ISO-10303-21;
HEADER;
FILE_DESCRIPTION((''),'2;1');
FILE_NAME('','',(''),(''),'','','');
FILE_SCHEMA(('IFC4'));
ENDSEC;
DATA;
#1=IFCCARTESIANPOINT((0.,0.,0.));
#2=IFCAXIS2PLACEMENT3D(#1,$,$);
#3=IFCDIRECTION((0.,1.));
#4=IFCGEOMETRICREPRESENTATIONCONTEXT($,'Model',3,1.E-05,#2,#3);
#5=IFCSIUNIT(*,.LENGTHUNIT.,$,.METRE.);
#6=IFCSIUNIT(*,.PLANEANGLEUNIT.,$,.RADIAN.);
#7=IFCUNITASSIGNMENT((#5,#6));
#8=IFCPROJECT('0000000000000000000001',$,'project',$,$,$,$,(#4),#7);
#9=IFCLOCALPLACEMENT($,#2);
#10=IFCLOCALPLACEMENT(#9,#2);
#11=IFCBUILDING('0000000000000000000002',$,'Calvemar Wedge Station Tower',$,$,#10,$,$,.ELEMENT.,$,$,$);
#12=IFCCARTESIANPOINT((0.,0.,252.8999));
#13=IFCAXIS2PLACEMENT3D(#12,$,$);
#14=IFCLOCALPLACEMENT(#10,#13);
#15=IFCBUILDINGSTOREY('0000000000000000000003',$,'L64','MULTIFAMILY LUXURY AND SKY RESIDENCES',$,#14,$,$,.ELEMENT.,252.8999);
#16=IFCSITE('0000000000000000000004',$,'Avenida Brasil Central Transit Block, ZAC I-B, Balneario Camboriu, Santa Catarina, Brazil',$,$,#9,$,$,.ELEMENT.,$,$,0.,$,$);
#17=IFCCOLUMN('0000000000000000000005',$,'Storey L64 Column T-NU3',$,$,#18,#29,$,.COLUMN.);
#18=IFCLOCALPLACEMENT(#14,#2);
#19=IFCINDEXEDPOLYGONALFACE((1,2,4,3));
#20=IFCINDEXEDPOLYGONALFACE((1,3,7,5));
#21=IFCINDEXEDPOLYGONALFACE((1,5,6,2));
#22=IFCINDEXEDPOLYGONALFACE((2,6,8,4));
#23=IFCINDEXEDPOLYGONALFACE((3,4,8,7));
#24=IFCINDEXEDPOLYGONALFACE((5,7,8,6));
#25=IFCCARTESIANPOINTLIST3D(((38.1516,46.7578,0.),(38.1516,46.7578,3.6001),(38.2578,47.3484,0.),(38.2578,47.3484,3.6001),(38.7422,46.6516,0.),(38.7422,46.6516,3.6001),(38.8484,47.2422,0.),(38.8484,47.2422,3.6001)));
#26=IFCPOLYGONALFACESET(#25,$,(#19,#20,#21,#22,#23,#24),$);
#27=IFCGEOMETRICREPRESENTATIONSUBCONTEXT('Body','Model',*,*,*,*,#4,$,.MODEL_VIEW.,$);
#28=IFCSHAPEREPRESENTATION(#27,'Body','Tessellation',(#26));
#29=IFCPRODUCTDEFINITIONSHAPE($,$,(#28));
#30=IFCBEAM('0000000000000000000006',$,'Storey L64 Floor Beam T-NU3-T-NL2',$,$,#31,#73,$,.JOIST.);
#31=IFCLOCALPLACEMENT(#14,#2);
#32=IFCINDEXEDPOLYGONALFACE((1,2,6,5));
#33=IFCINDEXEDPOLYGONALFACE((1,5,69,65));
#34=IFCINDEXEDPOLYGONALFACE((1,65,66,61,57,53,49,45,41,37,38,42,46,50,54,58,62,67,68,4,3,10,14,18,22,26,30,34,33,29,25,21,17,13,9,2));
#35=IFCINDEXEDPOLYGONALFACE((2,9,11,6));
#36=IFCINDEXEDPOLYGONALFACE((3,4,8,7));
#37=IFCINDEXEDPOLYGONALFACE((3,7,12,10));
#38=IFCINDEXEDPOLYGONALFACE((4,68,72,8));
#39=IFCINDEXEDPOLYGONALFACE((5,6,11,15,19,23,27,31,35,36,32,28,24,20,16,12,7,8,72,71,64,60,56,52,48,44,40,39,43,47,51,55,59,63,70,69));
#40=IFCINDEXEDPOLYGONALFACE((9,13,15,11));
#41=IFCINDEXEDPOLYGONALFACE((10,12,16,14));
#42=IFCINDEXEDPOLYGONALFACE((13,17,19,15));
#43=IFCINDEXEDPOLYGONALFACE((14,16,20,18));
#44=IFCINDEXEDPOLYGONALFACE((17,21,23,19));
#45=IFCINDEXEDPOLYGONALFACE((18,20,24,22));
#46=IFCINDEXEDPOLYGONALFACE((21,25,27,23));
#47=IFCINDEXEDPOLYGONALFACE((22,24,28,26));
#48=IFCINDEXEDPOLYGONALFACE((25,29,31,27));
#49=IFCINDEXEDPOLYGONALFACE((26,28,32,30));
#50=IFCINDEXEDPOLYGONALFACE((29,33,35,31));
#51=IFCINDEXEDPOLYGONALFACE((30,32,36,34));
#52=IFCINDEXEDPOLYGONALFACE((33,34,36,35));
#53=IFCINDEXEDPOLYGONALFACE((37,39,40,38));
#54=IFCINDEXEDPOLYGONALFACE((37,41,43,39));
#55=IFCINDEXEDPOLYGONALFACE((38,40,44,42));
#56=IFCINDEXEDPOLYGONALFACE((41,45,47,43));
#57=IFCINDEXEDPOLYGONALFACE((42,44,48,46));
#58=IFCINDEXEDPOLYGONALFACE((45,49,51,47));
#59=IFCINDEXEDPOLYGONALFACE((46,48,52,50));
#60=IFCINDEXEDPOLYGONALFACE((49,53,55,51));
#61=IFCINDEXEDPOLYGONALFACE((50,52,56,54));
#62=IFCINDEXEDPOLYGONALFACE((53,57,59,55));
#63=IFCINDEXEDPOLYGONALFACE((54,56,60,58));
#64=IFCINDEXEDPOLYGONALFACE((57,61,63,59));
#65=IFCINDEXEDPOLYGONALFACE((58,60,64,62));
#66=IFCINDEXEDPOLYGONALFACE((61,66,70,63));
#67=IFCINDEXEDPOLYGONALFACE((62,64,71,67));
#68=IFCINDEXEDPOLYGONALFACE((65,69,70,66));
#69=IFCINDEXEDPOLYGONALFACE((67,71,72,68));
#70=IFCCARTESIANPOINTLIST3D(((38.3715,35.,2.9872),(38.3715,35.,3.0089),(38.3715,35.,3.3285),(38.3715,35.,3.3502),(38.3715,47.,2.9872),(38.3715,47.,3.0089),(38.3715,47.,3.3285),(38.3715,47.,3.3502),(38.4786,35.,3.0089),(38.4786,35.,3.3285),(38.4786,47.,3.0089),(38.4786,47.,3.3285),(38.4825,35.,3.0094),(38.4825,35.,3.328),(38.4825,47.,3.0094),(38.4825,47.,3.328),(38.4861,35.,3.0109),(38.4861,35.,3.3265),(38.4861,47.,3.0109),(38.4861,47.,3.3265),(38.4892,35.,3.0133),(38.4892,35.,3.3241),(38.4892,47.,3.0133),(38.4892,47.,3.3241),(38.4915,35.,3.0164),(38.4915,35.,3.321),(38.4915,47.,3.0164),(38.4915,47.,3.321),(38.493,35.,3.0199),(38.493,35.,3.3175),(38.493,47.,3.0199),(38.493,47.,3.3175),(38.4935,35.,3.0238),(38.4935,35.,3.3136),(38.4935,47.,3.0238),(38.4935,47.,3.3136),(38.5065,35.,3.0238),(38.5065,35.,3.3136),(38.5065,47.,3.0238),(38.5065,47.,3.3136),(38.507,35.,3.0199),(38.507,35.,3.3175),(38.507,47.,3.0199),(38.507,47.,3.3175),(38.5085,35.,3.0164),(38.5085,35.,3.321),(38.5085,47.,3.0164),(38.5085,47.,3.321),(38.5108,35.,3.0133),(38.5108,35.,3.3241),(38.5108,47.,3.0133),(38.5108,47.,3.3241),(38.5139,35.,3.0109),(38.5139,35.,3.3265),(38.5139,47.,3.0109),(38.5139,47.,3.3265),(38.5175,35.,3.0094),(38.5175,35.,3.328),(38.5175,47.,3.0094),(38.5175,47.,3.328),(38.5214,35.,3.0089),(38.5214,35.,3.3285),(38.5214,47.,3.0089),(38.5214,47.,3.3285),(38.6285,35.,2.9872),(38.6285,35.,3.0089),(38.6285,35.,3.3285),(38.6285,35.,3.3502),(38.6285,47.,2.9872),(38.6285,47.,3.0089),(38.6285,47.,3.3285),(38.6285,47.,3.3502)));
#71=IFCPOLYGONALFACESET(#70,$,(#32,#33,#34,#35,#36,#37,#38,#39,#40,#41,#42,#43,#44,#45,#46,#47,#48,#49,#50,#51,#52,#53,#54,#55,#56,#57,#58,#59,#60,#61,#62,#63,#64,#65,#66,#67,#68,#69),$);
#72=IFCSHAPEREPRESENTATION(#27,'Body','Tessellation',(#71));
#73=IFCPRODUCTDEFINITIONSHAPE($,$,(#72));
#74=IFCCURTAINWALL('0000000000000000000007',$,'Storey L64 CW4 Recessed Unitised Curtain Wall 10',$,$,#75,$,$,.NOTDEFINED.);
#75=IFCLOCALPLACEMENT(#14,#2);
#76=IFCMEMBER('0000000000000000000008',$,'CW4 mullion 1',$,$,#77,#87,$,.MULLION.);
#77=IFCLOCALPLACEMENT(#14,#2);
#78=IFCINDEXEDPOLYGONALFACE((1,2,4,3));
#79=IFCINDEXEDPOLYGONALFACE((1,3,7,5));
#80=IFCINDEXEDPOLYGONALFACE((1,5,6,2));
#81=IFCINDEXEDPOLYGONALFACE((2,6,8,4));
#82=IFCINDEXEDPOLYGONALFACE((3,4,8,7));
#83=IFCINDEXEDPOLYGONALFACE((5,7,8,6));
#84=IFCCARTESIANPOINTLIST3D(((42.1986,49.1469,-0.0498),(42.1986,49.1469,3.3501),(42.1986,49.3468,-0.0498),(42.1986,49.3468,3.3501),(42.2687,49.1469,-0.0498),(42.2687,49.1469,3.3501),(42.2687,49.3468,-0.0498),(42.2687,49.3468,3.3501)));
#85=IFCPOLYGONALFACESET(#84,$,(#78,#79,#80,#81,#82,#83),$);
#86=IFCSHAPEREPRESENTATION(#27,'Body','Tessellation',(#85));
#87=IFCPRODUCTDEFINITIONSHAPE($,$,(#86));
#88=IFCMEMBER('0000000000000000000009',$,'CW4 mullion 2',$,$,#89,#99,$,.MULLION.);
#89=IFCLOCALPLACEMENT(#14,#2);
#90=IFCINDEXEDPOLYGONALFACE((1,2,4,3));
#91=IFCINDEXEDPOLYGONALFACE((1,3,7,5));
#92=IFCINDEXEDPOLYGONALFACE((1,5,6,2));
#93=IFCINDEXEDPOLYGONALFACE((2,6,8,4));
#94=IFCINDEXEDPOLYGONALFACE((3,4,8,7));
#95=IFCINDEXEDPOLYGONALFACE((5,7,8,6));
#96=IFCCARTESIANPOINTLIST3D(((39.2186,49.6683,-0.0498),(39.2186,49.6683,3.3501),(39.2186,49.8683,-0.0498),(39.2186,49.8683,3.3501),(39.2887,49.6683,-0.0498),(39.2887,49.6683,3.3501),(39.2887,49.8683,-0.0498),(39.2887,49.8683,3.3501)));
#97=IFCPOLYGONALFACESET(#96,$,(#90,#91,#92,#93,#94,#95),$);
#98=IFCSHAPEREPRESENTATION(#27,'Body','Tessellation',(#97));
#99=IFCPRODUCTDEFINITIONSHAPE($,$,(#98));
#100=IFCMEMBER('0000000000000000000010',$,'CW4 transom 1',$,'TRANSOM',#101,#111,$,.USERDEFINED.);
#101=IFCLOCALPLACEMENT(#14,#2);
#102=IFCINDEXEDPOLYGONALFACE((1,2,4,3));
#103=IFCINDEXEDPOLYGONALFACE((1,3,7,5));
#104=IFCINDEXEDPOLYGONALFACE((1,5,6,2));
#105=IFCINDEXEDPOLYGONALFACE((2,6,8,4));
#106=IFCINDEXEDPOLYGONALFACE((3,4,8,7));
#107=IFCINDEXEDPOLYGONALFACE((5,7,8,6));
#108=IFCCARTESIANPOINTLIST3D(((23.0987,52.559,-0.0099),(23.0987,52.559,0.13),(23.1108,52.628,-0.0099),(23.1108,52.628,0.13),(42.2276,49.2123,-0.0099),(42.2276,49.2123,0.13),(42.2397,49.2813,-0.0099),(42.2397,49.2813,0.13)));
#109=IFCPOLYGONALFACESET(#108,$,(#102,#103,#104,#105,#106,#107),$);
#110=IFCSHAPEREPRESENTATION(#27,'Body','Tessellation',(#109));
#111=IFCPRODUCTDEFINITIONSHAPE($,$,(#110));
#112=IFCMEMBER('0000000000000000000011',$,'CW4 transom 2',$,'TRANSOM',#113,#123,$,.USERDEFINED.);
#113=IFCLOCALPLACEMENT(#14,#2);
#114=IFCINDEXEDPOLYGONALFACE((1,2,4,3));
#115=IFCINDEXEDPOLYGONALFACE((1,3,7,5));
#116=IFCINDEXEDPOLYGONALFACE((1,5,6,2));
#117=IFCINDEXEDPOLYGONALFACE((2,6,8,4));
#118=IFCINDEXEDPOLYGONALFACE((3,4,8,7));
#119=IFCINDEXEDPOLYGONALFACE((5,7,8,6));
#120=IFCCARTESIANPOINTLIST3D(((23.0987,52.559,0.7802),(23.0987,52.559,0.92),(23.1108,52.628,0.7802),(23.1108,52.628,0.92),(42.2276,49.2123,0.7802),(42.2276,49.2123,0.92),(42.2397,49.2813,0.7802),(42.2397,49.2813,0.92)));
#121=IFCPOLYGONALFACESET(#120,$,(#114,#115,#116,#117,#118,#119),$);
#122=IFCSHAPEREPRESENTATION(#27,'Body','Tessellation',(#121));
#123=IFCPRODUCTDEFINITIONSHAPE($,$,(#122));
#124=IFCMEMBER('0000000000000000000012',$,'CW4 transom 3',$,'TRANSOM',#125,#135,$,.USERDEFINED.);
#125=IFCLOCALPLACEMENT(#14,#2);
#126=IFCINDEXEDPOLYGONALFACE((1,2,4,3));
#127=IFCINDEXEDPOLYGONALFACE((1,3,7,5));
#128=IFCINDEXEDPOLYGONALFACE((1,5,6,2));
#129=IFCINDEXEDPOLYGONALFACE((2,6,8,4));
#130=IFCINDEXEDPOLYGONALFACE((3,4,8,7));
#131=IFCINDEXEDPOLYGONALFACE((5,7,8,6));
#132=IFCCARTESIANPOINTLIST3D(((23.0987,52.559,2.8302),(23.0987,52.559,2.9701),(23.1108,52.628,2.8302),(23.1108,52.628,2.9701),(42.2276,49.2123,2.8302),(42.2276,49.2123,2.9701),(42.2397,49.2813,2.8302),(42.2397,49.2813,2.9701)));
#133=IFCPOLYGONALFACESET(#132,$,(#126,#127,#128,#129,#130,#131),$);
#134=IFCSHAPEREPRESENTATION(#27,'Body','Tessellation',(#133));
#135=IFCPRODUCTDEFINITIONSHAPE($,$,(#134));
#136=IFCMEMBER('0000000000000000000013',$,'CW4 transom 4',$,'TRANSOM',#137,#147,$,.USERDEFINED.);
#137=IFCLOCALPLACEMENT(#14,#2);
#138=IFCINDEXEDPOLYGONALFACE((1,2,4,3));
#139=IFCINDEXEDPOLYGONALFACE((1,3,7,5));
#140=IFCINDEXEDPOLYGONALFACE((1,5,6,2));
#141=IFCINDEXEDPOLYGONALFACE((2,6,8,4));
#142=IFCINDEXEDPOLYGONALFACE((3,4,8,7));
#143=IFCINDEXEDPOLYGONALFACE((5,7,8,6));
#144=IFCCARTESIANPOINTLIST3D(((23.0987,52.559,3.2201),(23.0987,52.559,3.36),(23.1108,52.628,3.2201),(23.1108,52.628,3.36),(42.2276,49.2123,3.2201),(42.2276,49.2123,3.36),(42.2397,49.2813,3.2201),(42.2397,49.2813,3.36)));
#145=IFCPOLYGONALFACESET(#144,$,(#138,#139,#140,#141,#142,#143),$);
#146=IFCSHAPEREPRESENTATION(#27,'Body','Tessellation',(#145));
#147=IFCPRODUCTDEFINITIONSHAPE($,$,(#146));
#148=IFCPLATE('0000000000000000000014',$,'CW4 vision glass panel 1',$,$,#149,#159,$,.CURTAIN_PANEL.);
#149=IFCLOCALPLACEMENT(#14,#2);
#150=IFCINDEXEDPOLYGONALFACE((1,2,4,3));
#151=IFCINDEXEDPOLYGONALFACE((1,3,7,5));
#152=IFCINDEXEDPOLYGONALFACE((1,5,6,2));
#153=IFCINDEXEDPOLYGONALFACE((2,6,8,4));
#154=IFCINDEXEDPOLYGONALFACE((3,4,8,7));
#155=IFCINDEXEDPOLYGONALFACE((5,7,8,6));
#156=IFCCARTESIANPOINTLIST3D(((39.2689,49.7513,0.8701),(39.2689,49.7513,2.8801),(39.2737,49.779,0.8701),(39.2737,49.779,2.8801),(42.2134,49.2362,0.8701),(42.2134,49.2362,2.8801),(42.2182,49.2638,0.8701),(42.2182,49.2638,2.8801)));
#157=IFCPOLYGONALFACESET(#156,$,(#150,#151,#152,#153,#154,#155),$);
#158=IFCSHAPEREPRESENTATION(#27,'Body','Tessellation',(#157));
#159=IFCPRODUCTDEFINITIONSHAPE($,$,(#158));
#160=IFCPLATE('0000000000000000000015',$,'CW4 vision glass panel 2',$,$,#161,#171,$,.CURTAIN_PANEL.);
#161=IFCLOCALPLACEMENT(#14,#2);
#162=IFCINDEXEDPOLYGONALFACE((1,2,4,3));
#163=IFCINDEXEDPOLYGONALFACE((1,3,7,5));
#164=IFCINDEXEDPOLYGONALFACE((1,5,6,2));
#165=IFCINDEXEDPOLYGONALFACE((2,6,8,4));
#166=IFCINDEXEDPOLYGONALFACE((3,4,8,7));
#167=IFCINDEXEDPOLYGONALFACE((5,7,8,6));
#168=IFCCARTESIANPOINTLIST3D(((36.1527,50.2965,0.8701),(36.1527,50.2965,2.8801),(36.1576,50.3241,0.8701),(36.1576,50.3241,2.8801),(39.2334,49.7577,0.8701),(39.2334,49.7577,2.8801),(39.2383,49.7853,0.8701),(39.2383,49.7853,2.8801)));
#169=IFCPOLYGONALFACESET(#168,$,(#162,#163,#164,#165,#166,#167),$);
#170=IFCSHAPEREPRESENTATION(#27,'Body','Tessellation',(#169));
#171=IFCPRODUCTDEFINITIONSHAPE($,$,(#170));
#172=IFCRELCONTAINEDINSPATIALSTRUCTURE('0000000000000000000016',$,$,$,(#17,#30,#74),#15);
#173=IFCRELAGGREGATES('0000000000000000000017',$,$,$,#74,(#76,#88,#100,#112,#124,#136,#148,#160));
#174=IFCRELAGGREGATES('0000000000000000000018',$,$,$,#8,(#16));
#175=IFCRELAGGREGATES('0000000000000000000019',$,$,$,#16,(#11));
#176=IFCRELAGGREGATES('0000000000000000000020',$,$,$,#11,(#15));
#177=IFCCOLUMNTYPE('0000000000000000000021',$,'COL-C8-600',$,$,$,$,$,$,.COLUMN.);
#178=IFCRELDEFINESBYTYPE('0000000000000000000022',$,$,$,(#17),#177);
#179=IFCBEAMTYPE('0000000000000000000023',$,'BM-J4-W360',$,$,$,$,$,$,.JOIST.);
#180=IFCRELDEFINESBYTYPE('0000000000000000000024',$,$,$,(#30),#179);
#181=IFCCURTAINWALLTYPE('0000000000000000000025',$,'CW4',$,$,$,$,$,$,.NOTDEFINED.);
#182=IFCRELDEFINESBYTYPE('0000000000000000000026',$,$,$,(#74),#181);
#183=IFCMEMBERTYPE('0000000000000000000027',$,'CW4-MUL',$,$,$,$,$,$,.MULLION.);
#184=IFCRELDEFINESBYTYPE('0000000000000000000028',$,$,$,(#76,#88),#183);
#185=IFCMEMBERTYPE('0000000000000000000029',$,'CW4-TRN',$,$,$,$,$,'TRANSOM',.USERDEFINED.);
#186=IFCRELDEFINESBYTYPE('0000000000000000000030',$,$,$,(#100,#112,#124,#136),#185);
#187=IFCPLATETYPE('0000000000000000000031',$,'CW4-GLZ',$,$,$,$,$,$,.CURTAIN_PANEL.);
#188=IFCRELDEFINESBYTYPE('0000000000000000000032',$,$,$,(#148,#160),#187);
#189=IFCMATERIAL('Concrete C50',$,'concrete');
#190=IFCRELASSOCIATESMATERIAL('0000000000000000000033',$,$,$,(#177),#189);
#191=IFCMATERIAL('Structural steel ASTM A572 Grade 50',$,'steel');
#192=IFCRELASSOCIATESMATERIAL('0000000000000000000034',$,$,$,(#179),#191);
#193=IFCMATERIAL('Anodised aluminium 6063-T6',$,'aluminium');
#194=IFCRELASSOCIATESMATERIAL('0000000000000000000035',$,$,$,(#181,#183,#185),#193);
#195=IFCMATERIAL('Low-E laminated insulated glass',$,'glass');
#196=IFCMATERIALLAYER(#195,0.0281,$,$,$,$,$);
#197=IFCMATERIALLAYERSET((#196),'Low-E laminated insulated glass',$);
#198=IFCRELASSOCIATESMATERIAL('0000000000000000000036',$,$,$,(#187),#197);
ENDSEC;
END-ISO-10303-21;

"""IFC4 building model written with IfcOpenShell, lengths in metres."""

from ifc_helpers import new_model, si_unit, direction, frame, frame_2d, origin, origin_2d, place, context, subcontext, project, spatial, rectangle, i_section, extrude, source, transform, mapped, material, layer, layer_set, material_profile, profile_set, type_object, element, aggregate, save


model = new_model("IFC4")

# Units and contexts
model_context = context("Model", 3, precision=1e-05, world=origin(), true_north=direction((0.0, 1.0)))
body_context = subcontext(model_context, "Body", "Model", "MODEL_VIEW")
ifc_project = project(units=[si_unit("LENGTHUNIT", "METRE"), si_unit("PLANEANGLEUNIT", "RADIAN")], contexts=[model_context])

# Site, building, storey
site_placement = place(None, origin())
site = spatial("IfcSite", under=ifc_project, at=site_placement, Name="Avenida Brasil Central Transit Block, ZAC I-B, Balneario Camboriu, Santa Catarina, Brazil", CompositionType="ELEMENT", RefElevation=0.0)
building_placement = place(site_placement, origin())
building = spatial("IfcBuilding", under=site, at=building_placement, Name="Calvemar Wedge Station Tower", CompositionType="ELEMENT")
storey_placement = place(building_placement, frame((0.0, 0.0, 252.8999)))
storey = spatial("IfcBuildingStorey", under=building, at=storey_placement, Name="L64", Description="MULTIFAMILY LUXURY AND SKY RESIDENCES", CompositionType="ELEMENT", Elevation=252.8999)

# Column
ifc_material_1 = material(Name="Concrete C50", Category="concrete")
ifc_material_profile_1 = material_profile(ifc_material_1, rectangle(XDim=0.6001, YDim=0.6001, at=origin_2d()), Name="RC600x600")
ifc_profile_set_1 = profile_set([ifc_material_profile_1], Name="Concrete C50")
column_type = type_object("IfcColumnType", Name="COL-C8-600", PredefinedType="COLUMN", material=ifc_profile_set_1)
shared_shape_1 = source(origin(), body_context, "Body", "SweptSolid", [
    extrude(rectangle(XDim=0.6001, YDim=0.6001, at=origin_2d()), origin(), (0.0, 0.0, 1.0), 3.6001),
])
column_placement = place(storey_placement, frame((38.5, 47.0, 0.0), z_axis=(0.0, 0.0, 1.0), x_axis=(0.984196, -0.177085, 0.0)))
element("IfcColumn", 1, at=column_placement, inside=storey, type_object=column_type, Name="Storey L64 Column T-NU3", PredefinedType="COLUMN", context=body_context, shape_type="MappedRepresentation", body=[
    mapped(shared_shape_1, transform((0.0, 0.0, 0.0), scale=1.0)),
])

# Beam
ifc_material_2 = material(Name="Structural steel ASTM A572 Grade 50", Category="steel")
ifc_material_profile_2 = material_profile(ifc_material_2, i_section(OverallWidth=0.2571, OverallDepth=0.363, WebThickness=0.0129, FlangeThickness=0.0217, FilletRadius=0.0149, at=origin_2d()), Name="W360x122")
ifc_profile_set_2 = profile_set([ifc_material_profile_2], Name="Structural steel ASTM A572 Grade 50")
beam_type = type_object("IfcBeamType", Name="BM-J4-W360", PredefinedType="JOIST", material=ifc_profile_set_2)
shared_shape_2 = source(origin(), body_context, "Body", "SweptSolid", [
    extrude(i_section(OverallWidth=0.2571, OverallDepth=0.363, WebThickness=0.0129, FlangeThickness=0.0217, FilletRadius=0.0149, at=origin_2d()), origin(), (0.0, 0.0, 1.0), 12.0),
])
beam_placement = place(storey_placement, frame((38.5, 47.0, 3.1687), z_axis=(0.0, -1.0, 0.0), x_axis=(1.0, 0.0, 0.0)))
element("IfcBeam", 2, at=beam_placement, inside=storey, type_object=beam_type, Name="Storey L64 Floor Beam T-NU3-T-NL2", PredefinedType="JOIST", context=body_context, shape_type="MappedRepresentation", body=[
    mapped(shared_shape_2, transform((0.0, 0.0, 0.0), scale=1.0)),
])

# Curtain wall, members, plates
ifc_material_3 = material(Name="Anodised aluminium 6063-T6", Category="aluminium")
curtain_wall_type = type_object("IfcCurtainWallType", Name="CW4", PredefinedType="NOTDEFINED", material=ifc_material_3)
curtain_wall_placement = place(storey_placement, origin())
curtain_wall = element("IfcCurtainWall", 3, at=curtain_wall_placement, inside=storey, type_object=curtain_wall_type, Name="Storey L64 CW4 Recessed Unitised Curtain Wall 10", PredefinedType="NOTDEFINED")
ifc_material_profile_3 = material_profile(ifc_material_3, rectangle(XDim=0.0701, YDim=0.2, at=origin_2d()), Name="AL-MUL-70x200")
ifc_profile_set_3 = profile_set([ifc_material_profile_3], Name="Anodised aluminium 6063-T6")
member_type_1 = type_object("IfcMemberType", Name="CW4-MUL", PredefinedType="MULLION", material=ifc_profile_set_3)
shared_shape_3 = source(origin(), body_context, "Body", "SweptSolid", [
    extrude(rectangle(XDim=0.0701, YDim=0.2, at=origin_2d()), origin(), (0.0, 0.0, 1.0), 3.3999),
])
member_1_placement = place(storey_placement, frame((42.2336, 49.2468, -0.0498), z_axis=(0.0, 0.0, 1.0), x_axis=(1.0, 0.0, 0.0)))
member_1 = element("IfcMember", 4, at=member_1_placement, type_object=member_type_1, Name="CW4 mullion 1", PredefinedType="MULLION", context=body_context, shape_type="MappedRepresentation", body=[
    mapped(shared_shape_3, transform((0.0, 0.0, 0.0), scale=1.0)),
])
member_2_placement = place(storey_placement, frame((39.2537, 49.7683, -0.0498), z_axis=(0.0, 0.0, 1.0), x_axis=(1.0, 0.0, 0.0)))
member_2 = element("IfcMember", 5, at=member_2_placement, type_object=member_type_1, Name="CW4 mullion 2", PredefinedType="MULLION", context=body_context, shape_type="MappedRepresentation", body=[
    mapped(shared_shape_3, transform((0.0, 0.0, 0.0), scale=1.0)),
])
ifc_material_profile_4 = material_profile(ifc_material_3, rectangle(XDim=0.0701, YDim=0.1399, at=origin_2d()), Name="AL-TRN-70x140")
ifc_profile_set_4 = profile_set([ifc_material_profile_4], Name="Anodised aluminium 6063-T6")
member_type_2 = type_object("IfcMemberType", Name="CW4-TRN", ElementType="TRANSOM", PredefinedType="USERDEFINED", material=ifc_profile_set_4)
shared_shape_4 = source(origin(), body_context, "Body", "SweptSolid", [
    extrude(rectangle(XDim=0.0701, YDim=0.1399, at=origin_2d()), origin(), (0.0, 0.0, 1.0), 19.4194),
])
member_3_placement = place(storey_placement, frame((42.2336, 49.2468, 0.0601), z_axis=(-0.985038, 0.172336, 0.0), x_axis=(-0.172336, -0.985038, 0.0)))
member_3 = element("IfcMember", 6, at=member_3_placement, type_object=member_type_2, Name="CW4 transom 1", ObjectType="TRANSOM", PredefinedType="USERDEFINED", context=body_context, shape_type="MappedRepresentation", body=[
    mapped(shared_shape_4, transform((0.0, 0.0, 0.0), scale=1.0)),
])
member_4_placement = place(storey_placement, frame((42.2336, 49.2468, 0.8501), z_axis=(-0.985038, 0.172336, 0.0), x_axis=(-0.172336, -0.985038, 0.0)))
member_4 = element("IfcMember", 7, at=member_4_placement, type_object=member_type_2, Name="CW4 transom 2", ObjectType="TRANSOM", PredefinedType="USERDEFINED", context=body_context, shape_type="MappedRepresentation", body=[
    mapped(shared_shape_4, transform((0.0, 0.0, 0.0), scale=1.0)),
])
member_5_placement = place(storey_placement, frame((42.2336, 49.2468, 2.9001), z_axis=(-0.985038, 0.172336, 0.0), x_axis=(-0.172336, -0.985038, 0.0)))
member_5 = element("IfcMember", 8, at=member_5_placement, type_object=member_type_2, Name="CW4 transom 3", ObjectType="TRANSOM", PredefinedType="USERDEFINED", context=body_context, shape_type="MappedRepresentation", body=[
    mapped(shared_shape_4, transform((0.0, 0.0, 0.0), scale=1.0)),
])
member_6_placement = place(storey_placement, frame((42.2336, 49.2468, 3.29), z_axis=(-0.985038, 0.172336, 0.0), x_axis=(-0.172336, -0.985038, 0.0)))
member_6 = element("IfcMember", 9, at=member_6_placement, type_object=member_type_2, Name="CW4 transom 4", ObjectType="TRANSOM", PredefinedType="USERDEFINED", context=body_context, shape_type="MappedRepresentation", body=[
    mapped(shared_shape_4, transform((0.0, 0.0, 0.0), scale=1.0)),
])
ifc_material_4 = material(Name="Low-E laminated insulated glass", Category="glass")
ifc_layer_1 = layer(ifc_material_4, 0.0281)
ifc_layer_set_1 = layer_set([ifc_layer_1], Name="Low-E laminated insulated glass")
plate_type_1 = type_object("IfcPlateType", Name="CW4-GLZ", PredefinedType="CURTAIN_PANEL", material=ifc_layer_set_1)
plate_1_placement = place(storey_placement, frame((42.2158, 49.25, 0.8701), z_axis=(0.0, 0.0, 1.0), x_axis=(-0.98504, 0.172327, 0.0)))
plate_1 = element("IfcPlate", 10, at=plate_1_placement, type_object=plate_type_1, Name="CW4 vision glass panel 1", PredefinedType="CURTAIN_PANEL", context=body_context, shape_type="SweptSolid", body=[
    extrude(rectangle(XDim=2.9893, YDim=0.0281, at=frame_2d((1.4946, 0.0))), origin(), (0.0, 0.0, 1.0), 2.01),
])
plate_2_placement = place(storey_placement, frame((39.2358, 49.7715, 0.8701), z_axis=(0.0, 0.0, 1.0), x_axis=(-0.985046, 0.172293, 0.0)))
plate_2 = element("IfcPlate", 11, at=plate_2_placement, type_object=plate_type_1, Name="CW4 vision glass panel 2", PredefinedType="CURTAIN_PANEL", context=body_context, shape_type="SweptSolid", body=[
    extrude(rectangle(XDim=3.1274, YDim=0.0281, at=frame_2d((1.5637, 0.0))), origin(), (0.0, 0.0, 1.0), 2.01),
])
aggregate(curtain_wall, [member_1, member_2, member_3, member_4, member_5, member_6, plate_1, plate_2])

save(model, "model.ifc")
